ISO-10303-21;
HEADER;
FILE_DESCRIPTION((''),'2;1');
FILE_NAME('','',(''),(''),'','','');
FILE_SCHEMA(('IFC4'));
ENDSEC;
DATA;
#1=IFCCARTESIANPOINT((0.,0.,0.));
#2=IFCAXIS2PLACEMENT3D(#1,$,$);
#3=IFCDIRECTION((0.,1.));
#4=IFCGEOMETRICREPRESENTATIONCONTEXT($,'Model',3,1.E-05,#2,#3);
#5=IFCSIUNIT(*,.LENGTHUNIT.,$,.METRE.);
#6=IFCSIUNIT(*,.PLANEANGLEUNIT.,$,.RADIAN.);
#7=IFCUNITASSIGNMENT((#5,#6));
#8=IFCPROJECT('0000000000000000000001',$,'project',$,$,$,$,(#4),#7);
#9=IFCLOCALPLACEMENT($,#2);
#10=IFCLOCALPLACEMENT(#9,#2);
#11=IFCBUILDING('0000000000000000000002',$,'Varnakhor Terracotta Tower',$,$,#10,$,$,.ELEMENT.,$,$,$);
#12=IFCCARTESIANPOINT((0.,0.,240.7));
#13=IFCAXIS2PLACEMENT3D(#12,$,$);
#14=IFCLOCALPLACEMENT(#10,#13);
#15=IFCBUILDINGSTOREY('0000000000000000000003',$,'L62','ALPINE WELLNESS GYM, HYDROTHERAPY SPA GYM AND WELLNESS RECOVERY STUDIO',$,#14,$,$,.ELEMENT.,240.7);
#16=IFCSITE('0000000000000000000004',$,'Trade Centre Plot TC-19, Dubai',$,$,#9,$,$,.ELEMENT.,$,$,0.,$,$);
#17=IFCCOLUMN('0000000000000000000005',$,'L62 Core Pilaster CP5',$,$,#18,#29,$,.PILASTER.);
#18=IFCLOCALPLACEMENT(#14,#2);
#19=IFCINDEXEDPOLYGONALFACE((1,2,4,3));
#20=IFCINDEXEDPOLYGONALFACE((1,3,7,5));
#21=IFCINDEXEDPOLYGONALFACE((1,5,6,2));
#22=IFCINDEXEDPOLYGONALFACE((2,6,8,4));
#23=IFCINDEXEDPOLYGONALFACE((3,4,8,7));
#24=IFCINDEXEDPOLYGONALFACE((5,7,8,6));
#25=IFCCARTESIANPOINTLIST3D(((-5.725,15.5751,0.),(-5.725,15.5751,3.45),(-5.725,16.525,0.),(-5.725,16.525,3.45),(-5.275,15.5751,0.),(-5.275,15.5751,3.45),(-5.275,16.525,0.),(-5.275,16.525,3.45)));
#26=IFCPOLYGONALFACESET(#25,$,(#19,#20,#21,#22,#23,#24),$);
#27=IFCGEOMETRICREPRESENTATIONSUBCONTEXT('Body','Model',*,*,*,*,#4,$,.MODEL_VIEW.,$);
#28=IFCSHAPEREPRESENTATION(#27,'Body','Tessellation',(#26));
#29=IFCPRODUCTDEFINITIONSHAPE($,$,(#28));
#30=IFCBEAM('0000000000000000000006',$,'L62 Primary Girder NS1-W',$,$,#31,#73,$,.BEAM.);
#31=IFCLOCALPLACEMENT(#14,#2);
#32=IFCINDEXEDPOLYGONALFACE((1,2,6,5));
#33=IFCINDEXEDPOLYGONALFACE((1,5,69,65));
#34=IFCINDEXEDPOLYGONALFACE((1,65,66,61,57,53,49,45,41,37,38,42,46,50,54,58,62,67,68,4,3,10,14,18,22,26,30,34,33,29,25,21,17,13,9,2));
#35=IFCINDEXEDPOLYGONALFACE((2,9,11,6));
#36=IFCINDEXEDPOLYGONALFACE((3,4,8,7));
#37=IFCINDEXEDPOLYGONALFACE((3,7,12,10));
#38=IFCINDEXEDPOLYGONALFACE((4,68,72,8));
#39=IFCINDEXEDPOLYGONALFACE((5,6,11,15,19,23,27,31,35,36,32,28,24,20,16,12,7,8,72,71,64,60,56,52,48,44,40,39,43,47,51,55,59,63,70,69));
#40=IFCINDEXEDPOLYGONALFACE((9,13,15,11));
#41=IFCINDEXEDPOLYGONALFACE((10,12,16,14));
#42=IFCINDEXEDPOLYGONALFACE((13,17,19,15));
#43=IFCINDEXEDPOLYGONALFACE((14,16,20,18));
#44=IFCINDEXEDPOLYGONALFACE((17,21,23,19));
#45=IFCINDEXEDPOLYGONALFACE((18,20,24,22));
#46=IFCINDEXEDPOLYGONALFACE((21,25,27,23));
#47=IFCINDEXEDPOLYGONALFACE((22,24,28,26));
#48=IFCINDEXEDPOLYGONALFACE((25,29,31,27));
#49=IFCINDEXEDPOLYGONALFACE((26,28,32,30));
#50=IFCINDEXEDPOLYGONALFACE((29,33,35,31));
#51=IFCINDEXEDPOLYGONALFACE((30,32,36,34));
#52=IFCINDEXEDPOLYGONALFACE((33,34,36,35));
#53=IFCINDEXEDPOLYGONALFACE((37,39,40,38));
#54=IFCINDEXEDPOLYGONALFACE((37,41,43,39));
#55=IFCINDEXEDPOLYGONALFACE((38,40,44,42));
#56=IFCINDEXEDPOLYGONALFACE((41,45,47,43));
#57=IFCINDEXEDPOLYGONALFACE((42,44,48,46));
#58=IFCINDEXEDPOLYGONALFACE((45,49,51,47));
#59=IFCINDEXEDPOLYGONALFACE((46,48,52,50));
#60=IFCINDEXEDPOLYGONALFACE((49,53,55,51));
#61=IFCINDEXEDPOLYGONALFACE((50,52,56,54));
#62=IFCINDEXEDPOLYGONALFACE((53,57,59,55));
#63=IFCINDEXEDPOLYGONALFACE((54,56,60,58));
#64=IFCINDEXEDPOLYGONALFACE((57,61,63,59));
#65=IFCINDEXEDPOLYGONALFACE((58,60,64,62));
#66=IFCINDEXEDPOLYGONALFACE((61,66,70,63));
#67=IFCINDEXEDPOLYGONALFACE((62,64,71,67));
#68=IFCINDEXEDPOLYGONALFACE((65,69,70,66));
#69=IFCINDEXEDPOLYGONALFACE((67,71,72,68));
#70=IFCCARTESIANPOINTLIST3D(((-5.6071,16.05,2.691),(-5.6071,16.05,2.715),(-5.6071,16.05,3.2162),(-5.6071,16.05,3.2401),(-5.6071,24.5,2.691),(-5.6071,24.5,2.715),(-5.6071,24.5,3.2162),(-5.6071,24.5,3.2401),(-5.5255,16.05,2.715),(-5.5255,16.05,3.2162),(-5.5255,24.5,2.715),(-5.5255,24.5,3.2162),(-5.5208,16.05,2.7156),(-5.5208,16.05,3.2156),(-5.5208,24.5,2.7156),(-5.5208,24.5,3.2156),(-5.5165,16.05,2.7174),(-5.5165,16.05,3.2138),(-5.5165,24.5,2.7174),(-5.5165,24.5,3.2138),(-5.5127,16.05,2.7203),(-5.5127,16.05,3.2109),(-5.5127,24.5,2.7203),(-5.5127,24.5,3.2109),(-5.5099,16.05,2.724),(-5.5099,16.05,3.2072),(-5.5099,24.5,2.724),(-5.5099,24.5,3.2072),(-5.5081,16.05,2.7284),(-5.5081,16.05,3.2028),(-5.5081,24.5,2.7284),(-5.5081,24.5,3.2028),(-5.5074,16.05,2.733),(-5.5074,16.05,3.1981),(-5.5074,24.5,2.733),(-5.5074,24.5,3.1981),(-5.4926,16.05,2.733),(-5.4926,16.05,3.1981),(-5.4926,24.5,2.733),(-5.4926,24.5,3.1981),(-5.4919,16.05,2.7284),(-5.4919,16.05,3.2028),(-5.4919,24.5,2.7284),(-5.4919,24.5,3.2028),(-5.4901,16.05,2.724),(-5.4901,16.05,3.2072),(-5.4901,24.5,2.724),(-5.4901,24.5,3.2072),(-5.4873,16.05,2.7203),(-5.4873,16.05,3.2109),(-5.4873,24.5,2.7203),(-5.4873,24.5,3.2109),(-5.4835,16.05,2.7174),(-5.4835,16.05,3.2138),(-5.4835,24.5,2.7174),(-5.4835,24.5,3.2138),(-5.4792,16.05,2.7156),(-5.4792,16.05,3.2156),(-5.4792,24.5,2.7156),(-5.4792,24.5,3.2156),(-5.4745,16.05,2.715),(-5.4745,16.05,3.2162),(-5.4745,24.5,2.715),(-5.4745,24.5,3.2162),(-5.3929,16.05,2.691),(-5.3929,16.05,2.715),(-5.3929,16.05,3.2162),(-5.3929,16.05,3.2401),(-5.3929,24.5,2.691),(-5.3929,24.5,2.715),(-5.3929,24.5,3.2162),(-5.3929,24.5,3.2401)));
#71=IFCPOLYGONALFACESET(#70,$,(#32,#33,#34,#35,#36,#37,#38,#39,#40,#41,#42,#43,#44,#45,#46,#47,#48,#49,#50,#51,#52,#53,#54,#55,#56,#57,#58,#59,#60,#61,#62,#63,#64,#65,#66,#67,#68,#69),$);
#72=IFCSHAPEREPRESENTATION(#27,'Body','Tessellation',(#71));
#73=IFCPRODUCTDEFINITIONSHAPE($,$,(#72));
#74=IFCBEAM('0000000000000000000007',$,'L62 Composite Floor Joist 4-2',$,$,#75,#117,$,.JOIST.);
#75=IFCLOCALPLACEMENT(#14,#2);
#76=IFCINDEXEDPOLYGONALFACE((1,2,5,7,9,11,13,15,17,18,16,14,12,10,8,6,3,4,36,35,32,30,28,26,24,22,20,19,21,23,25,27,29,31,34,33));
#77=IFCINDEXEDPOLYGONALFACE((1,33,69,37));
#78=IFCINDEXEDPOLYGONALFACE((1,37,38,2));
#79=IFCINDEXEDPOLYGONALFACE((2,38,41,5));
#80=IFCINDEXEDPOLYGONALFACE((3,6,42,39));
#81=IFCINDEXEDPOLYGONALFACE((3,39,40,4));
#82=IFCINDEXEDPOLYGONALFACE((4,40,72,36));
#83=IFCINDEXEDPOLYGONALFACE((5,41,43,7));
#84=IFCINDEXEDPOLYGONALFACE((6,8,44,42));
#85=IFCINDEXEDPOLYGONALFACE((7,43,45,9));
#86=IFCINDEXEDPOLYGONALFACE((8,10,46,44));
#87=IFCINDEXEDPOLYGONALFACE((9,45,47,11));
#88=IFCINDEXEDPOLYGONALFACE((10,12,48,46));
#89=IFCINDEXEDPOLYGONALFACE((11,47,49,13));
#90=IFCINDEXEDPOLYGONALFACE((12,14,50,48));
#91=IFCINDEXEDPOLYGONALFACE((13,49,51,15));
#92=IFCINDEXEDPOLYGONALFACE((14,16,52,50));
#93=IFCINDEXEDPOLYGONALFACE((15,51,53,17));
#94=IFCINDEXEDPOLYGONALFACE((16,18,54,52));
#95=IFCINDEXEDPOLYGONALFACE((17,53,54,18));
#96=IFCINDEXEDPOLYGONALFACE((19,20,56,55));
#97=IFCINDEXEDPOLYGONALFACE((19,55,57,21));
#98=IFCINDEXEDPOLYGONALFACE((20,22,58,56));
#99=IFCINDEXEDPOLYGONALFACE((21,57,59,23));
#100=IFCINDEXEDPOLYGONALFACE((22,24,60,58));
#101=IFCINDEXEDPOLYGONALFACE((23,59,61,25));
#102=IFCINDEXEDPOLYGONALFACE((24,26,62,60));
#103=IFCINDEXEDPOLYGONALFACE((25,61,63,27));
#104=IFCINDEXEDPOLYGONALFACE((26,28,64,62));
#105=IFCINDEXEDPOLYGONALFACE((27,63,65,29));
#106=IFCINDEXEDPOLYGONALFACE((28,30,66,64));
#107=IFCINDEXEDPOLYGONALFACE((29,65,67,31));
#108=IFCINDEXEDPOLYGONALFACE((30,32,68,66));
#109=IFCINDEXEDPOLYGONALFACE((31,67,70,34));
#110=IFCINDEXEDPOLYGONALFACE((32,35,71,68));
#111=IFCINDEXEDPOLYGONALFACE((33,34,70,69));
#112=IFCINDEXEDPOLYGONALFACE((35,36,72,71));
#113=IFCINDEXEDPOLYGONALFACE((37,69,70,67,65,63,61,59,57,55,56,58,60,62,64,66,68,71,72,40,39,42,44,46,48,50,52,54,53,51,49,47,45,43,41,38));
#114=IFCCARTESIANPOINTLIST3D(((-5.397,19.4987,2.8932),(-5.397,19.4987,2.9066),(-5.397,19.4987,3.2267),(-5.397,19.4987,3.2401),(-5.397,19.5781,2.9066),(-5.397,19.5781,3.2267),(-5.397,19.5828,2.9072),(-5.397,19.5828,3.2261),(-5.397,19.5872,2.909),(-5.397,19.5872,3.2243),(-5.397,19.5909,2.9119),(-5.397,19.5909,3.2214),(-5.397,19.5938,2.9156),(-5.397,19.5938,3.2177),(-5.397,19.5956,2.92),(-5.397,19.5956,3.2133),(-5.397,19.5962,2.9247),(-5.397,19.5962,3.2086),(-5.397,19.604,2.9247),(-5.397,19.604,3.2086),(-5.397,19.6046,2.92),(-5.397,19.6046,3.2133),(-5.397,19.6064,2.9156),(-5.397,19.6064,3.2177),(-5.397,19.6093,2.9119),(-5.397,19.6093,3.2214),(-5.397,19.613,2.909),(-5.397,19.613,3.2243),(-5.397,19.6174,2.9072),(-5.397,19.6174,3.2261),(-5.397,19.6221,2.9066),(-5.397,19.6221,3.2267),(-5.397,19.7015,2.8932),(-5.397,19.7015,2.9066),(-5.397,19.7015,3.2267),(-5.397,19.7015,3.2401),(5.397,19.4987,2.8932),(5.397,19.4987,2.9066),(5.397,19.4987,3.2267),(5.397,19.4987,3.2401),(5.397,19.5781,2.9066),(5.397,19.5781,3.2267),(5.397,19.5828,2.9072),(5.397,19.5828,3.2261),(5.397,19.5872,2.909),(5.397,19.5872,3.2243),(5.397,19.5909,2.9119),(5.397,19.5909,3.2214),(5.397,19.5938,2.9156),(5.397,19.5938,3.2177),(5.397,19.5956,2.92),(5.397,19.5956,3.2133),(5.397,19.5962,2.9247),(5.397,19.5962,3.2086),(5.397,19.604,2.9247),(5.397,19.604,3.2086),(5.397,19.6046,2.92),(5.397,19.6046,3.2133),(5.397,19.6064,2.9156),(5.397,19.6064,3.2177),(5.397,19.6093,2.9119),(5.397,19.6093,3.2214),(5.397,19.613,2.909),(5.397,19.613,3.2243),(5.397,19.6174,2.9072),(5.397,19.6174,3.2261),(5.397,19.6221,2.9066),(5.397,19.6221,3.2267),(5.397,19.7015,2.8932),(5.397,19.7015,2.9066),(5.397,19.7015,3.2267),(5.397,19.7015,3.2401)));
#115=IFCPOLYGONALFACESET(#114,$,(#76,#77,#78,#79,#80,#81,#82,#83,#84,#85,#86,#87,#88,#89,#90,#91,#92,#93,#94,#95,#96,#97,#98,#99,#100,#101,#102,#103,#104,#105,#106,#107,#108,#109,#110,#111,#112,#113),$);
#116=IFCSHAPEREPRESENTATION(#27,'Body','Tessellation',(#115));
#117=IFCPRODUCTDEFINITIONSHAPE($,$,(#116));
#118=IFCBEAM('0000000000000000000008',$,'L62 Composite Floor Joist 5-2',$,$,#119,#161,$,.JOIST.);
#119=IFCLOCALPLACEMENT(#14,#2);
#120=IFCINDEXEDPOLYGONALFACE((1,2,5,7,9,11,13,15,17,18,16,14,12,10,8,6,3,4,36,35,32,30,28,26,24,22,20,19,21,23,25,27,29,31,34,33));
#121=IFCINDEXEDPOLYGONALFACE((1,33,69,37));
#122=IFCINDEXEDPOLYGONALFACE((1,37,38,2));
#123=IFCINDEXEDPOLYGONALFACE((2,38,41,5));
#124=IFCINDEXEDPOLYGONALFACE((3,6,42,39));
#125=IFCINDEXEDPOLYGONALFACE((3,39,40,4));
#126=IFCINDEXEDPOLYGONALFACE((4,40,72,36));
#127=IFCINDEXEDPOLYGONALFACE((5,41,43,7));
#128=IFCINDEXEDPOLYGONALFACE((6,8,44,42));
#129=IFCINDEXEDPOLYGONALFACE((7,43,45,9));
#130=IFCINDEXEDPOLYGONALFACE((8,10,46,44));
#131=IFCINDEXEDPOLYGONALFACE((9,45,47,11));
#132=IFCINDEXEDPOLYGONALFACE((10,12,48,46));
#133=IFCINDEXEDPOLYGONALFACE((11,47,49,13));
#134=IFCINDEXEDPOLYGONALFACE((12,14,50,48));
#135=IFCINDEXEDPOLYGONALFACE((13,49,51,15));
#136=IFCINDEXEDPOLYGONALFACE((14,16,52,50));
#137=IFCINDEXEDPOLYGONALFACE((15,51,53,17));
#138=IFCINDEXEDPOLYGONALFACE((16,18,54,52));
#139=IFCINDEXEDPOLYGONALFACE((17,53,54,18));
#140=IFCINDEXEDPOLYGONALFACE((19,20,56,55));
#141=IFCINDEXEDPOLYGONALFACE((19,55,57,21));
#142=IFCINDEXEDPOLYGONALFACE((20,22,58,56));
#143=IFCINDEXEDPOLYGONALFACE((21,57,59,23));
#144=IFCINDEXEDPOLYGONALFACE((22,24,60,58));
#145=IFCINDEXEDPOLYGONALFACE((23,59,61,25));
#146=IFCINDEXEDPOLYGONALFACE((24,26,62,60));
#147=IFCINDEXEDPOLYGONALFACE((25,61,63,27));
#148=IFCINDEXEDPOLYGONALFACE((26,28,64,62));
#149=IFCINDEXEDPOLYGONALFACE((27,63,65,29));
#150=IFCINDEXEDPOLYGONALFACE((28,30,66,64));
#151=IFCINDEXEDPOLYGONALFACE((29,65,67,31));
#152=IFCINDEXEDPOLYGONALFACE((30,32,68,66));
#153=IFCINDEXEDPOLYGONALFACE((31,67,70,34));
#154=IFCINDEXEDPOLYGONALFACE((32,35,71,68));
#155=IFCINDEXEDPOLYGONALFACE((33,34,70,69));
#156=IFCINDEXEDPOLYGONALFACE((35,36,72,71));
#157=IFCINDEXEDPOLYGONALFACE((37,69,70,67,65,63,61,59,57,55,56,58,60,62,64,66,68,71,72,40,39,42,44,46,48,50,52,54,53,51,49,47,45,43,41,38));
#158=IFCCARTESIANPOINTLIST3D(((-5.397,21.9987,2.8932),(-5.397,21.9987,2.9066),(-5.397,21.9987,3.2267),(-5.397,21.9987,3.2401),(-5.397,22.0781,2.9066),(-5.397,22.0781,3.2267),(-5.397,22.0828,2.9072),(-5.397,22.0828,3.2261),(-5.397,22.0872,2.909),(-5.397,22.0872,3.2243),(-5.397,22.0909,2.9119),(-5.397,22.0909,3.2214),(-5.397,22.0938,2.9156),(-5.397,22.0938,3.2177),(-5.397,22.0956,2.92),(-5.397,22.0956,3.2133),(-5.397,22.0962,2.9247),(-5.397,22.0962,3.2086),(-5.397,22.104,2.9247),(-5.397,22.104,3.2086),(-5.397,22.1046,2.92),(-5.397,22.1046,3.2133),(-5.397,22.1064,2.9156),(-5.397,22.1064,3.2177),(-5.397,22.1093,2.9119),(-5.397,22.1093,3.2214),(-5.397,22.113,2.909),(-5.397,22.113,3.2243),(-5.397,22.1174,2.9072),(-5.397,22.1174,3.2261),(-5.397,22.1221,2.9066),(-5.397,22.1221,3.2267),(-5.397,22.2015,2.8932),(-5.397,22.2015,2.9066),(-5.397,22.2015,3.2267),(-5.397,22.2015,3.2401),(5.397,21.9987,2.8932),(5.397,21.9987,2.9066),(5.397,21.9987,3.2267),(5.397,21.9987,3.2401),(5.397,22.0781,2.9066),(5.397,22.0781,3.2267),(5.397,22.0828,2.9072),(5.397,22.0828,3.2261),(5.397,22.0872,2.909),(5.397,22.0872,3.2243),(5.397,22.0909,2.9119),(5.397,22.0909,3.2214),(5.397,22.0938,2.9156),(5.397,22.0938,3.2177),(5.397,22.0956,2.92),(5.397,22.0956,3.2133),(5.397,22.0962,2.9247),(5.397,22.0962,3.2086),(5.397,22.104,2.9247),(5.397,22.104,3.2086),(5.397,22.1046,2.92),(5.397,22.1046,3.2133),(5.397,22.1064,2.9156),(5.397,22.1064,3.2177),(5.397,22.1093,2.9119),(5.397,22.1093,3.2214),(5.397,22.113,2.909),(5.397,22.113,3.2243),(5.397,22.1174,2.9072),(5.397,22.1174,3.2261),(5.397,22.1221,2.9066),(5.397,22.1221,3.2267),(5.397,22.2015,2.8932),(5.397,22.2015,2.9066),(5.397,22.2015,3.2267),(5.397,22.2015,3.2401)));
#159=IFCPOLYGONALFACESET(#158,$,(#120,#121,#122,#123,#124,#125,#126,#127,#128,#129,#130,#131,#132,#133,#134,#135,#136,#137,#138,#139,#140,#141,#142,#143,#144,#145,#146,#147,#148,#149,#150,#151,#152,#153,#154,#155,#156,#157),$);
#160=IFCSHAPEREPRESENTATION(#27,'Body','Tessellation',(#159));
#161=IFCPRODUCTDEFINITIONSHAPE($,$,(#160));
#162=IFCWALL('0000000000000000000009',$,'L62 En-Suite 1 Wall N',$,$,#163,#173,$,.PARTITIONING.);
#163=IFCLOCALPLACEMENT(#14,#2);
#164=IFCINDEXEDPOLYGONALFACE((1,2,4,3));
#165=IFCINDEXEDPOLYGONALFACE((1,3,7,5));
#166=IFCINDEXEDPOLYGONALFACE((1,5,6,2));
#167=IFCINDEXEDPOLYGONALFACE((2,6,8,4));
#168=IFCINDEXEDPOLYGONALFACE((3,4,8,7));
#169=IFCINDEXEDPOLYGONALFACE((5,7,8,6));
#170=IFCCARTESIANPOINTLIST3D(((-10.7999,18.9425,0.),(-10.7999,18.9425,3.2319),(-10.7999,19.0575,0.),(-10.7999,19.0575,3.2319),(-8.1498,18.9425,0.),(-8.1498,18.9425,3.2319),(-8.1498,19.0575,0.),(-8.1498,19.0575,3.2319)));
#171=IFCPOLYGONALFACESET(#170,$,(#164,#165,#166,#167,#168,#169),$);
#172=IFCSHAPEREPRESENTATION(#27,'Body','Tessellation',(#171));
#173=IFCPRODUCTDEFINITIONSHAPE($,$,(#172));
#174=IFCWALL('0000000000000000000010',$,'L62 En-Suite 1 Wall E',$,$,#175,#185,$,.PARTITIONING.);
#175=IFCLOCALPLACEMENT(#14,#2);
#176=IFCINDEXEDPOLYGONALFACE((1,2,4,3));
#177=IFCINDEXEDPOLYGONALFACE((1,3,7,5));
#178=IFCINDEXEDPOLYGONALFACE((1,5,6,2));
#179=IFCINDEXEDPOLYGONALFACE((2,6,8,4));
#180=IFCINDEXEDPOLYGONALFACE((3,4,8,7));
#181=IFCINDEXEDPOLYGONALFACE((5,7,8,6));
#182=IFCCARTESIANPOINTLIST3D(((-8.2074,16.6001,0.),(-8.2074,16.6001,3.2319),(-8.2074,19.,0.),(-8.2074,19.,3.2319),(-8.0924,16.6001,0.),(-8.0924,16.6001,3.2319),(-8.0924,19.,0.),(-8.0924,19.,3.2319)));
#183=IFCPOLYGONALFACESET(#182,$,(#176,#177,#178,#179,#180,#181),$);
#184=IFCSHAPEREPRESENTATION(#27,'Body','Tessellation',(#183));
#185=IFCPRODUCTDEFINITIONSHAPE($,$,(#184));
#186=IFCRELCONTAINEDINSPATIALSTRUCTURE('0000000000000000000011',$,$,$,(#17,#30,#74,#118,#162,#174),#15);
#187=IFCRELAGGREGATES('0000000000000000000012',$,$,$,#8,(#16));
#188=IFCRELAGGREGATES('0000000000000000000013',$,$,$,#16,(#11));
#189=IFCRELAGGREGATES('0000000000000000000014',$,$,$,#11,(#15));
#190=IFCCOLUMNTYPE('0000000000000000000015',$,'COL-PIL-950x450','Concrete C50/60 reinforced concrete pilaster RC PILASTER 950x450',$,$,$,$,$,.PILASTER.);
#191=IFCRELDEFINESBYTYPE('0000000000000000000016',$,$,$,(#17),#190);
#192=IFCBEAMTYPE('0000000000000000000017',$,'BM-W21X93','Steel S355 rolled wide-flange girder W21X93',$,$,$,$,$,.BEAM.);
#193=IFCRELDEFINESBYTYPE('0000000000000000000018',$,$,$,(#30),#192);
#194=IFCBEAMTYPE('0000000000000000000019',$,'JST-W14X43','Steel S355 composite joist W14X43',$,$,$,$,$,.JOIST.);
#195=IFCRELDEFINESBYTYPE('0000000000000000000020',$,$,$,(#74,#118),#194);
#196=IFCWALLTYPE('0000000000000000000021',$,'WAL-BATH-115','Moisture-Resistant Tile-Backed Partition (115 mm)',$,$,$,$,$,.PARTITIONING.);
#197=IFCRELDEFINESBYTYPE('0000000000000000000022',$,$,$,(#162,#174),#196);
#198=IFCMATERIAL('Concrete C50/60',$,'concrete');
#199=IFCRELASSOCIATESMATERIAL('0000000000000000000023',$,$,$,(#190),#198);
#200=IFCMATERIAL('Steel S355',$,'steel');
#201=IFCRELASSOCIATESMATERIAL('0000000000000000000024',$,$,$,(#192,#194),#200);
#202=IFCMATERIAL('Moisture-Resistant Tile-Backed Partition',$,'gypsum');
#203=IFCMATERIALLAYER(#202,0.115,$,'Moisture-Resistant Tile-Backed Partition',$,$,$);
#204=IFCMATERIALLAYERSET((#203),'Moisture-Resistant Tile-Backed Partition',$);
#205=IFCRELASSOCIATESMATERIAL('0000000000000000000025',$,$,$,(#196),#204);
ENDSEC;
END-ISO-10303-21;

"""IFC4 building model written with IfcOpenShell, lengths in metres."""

from ifc_helpers import new_model, si_unit, direction, frame, frame_2d, origin, origin_2d, place, context, subcontext, project, spatial, rectangle, i_section, extrude, source, transform, mapped, material, layer, layer_set, material_profile, profile_set, type_object, type_shapes, element, save


model = new_model("IFC4")

# Units and contexts
model_context = context("Model", 3, precision=1e-05, world=origin(), true_north=direction((0.0, 1.0)))
body_context = subcontext(model_context, "Body", "Model", "MODEL_VIEW")
ifc_project = project(units=[si_unit("LENGTHUNIT", "METRE"), si_unit("PLANEANGLEUNIT", "RADIAN")], contexts=[model_context])

# Site, building, storey
site_placement = place(None, origin())
site = spatial("IfcSite", under=ifc_project, at=site_placement, Name="Trade Centre Plot TC-19, Dubai", CompositionType="ELEMENT", RefElevation=0.0)
building_placement = place(site_placement, origin())
building = spatial("IfcBuilding", under=site, at=building_placement, Name="Varnakhor Terracotta Tower", CompositionType="ELEMENT")
storey_placement = place(building_placement, frame((0.0, 0.0, 240.7)))
storey = spatial("IfcBuildingStorey", under=building, at=storey_placement, Name="L62", Description="ALPINE WELLNESS GYM, HYDROTHERAPY SPA GYM AND WELLNESS RECOVERY STUDIO", CompositionType="ELEMENT", Elevation=240.7)

# Column
ifc_material_1 = material(Name="Concrete C50/60", Category="concrete")
ifc_material_profile_1 = material_profile(ifc_material_1, rectangle(XDim=0.45, YDim=0.95, at=origin_2d()), Name="RC PILASTER 950x450")
ifc_profile_set_1 = profile_set([ifc_material_profile_1], Name="Concrete C50/60")
column_type = type_object("IfcColumnType", Name="COL-PIL-950x450", Description="Concrete C50/60 reinforced concrete pilaster RC PILASTER 950x450", PredefinedType="PILASTER", material=ifc_profile_set_1)
shared_shape_1 = source(origin(), body_context, "Body", "SweptSolid", [
    extrude(rectangle(XDim=0.45, YDim=0.95, at=origin_2d()), origin(), (0.0, 0.0, 1.0), 3.45),
])
column_placement = place(storey_placement, frame((-5.5, 16.05, 0.0), z_axis=(0.0, 0.0, 1.0), x_axis=(1.0, 0.0, 0.0)))
element("IfcColumn", 1, at=column_placement, inside=storey, type_object=column_type, Name="L62 Core Pilaster CP5", PredefinedType="PILASTER", context=body_context, shape_type="MappedRepresentation", body=[
    mapped(shared_shape_1, transform((0.0, 0.0, 0.0), scale=1.0)),
])

# Beams
ifc_material_2 = material(Name="Steel S355", Category="steel")
ifc_material_profile_2 = material_profile(ifc_material_2, i_section(OverallWidth=0.2141, OverallDepth=0.5491, WebThickness=0.0149, FlangeThickness=0.0239, FilletRadius=0.0181, at=origin_2d()), Name="W21X93")
ifc_profile_set_2 = profile_set([ifc_material_profile_2], Name="Steel S355")
beam_type_1 = type_object("IfcBeamType", Name="BM-W21X93", Description="Steel S355 rolled wide-flange girder W21X93", PredefinedType="BEAM", material=ifc_profile_set_2)
shared_shape_2 = source(origin(), body_context, "Body", "SweptSolid", [
    extrude(i_section(OverallWidth=0.2141, OverallDepth=0.5491, WebThickness=0.0149, FlangeThickness=0.0239, FilletRadius=0.0181, at=origin_2d()), origin(), (0.0, 0.0, 1.0), 8.45),
])
type_shapes(beam_type_1, [shared_shape_2])
beam_placement = place(storey_placement, frame((-5.5, 16.05, 2.9656), z_axis=(0.0, 1.0, 0.0), x_axis=(-1.0, 0.0, 0.0)))
element("IfcBeam", 2, at=beam_placement, inside=storey, type_object=beam_type_1, Name="L62 Primary Girder NS1-W", PredefinedType="BEAM", context=body_context, shape_type="MappedRepresentation", body=[
    mapped(shared_shape_2, transform((0.0, 0.0, 0.0), scale=1.0)),
])
ifc_material_profile_3 = material_profile(ifc_material_2, i_section(OverallWidth=0.2029, OverallDepth=0.3469, WebThickness=0.0078, FlangeThickness=0.0134, FilletRadius=0.0181, at=origin_2d()), Name="W14X43")
ifc_profile_set_3 = profile_set([ifc_material_profile_3], Name="Steel S355")
beam_type_2 = type_object("IfcBeamType", Name="JST-W14X43", Description="Steel S355 composite joist W14X43", PredefinedType="JOIST", material=ifc_profile_set_3)
shared_shape_3 = source(origin(), body_context, "Body", "SweptSolid", [
    extrude(i_section(OverallWidth=0.2029, OverallDepth=0.3469, WebThickness=0.0078, FlangeThickness=0.0134, FilletRadius=0.0181, at=origin_2d()), origin(), (0.0, 0.0, 1.0), 10.7939),
])
for number, where, z_axis, x_axis, name in (
    (3, (-5.397, 19.6001, 3.0667), (1.0, 0.0, 0.0), (0.0, 1.0, 0.0), "L62 Composite Floor Joist 4-2"),
    (4, (-5.397, 22.1001, 3.0667), (1.0, 0.0, 0.0), (0.0, 1.0, 0.0), "L62 Composite Floor Joist 5-2"),
):
    element("IfcBeam", number, at=place(storey_placement, frame(where, z_axis=z_axis, x_axis=x_axis)), inside=storey, type_object=beam_type_2, Name=name, PredefinedType="JOIST", context=body_context, shape_type="MappedRepresentation", body=[
        mapped(shared_shape_3, transform((0.0, 0.0, 0.0), scale=1.0)),
    ])

# Walls
ifc_material_3 = material(Name="Moisture-Resistant Tile-Backed Partition", Category="gypsum")
ifc_layer_1 = layer(ifc_material_3, 0.115, Name="Moisture-Resistant Tile-Backed Partition")
ifc_layer_set_1 = layer_set([ifc_layer_1], Name="Moisture-Resistant Tile-Backed Partition")
wall_type_1 = type_object("IfcWallType", Name="WAL-BATH-115", Description="Moisture-Resistant Tile-Backed Partition (115 mm)", PredefinedType="PARTITIONING", material=ifc_layer_set_1)
wall_1_placement = place(storey_placement, frame((-10.8, 19.0, 0.0), z_axis=(0.0, 0.0, 1.0), x_axis=(1.0, 0.0, 0.0)))
element("IfcWall", 5, at=wall_1_placement, inside=storey, type_object=wall_type_1, Name="L62 En-Suite 1 Wall N", PredefinedType="PARTITIONING", context=body_context, shape_type="SweptSolid", body=[
    extrude(rectangle(XDim=2.6501, YDim=0.115, at=frame_2d((1.3252, 0.0))), origin(), (0.0, 0.0, 1.0), 3.2319),
])
wall_2_placement = place(storey_placement, frame((-8.1499, 16.6001, 0.0), z_axis=(0.0, 0.0, 1.0), x_axis=(0.0, 1.0, 0.0)))
element("IfcWall", 6, at=wall_2_placement, inside=storey, type_object=wall_type_1, Name="L62 En-Suite 1 Wall E", PredefinedType="PARTITIONING", context=body_context, shape_type="SweptSolid", body=[
    extrude(rectangle(XDim=2.3999, YDim=0.115, at=frame_2d((1.2, 0.0))), origin(), (0.0, 0.0, 1.0), 3.2319),
])

save(model, "model.ifc")
